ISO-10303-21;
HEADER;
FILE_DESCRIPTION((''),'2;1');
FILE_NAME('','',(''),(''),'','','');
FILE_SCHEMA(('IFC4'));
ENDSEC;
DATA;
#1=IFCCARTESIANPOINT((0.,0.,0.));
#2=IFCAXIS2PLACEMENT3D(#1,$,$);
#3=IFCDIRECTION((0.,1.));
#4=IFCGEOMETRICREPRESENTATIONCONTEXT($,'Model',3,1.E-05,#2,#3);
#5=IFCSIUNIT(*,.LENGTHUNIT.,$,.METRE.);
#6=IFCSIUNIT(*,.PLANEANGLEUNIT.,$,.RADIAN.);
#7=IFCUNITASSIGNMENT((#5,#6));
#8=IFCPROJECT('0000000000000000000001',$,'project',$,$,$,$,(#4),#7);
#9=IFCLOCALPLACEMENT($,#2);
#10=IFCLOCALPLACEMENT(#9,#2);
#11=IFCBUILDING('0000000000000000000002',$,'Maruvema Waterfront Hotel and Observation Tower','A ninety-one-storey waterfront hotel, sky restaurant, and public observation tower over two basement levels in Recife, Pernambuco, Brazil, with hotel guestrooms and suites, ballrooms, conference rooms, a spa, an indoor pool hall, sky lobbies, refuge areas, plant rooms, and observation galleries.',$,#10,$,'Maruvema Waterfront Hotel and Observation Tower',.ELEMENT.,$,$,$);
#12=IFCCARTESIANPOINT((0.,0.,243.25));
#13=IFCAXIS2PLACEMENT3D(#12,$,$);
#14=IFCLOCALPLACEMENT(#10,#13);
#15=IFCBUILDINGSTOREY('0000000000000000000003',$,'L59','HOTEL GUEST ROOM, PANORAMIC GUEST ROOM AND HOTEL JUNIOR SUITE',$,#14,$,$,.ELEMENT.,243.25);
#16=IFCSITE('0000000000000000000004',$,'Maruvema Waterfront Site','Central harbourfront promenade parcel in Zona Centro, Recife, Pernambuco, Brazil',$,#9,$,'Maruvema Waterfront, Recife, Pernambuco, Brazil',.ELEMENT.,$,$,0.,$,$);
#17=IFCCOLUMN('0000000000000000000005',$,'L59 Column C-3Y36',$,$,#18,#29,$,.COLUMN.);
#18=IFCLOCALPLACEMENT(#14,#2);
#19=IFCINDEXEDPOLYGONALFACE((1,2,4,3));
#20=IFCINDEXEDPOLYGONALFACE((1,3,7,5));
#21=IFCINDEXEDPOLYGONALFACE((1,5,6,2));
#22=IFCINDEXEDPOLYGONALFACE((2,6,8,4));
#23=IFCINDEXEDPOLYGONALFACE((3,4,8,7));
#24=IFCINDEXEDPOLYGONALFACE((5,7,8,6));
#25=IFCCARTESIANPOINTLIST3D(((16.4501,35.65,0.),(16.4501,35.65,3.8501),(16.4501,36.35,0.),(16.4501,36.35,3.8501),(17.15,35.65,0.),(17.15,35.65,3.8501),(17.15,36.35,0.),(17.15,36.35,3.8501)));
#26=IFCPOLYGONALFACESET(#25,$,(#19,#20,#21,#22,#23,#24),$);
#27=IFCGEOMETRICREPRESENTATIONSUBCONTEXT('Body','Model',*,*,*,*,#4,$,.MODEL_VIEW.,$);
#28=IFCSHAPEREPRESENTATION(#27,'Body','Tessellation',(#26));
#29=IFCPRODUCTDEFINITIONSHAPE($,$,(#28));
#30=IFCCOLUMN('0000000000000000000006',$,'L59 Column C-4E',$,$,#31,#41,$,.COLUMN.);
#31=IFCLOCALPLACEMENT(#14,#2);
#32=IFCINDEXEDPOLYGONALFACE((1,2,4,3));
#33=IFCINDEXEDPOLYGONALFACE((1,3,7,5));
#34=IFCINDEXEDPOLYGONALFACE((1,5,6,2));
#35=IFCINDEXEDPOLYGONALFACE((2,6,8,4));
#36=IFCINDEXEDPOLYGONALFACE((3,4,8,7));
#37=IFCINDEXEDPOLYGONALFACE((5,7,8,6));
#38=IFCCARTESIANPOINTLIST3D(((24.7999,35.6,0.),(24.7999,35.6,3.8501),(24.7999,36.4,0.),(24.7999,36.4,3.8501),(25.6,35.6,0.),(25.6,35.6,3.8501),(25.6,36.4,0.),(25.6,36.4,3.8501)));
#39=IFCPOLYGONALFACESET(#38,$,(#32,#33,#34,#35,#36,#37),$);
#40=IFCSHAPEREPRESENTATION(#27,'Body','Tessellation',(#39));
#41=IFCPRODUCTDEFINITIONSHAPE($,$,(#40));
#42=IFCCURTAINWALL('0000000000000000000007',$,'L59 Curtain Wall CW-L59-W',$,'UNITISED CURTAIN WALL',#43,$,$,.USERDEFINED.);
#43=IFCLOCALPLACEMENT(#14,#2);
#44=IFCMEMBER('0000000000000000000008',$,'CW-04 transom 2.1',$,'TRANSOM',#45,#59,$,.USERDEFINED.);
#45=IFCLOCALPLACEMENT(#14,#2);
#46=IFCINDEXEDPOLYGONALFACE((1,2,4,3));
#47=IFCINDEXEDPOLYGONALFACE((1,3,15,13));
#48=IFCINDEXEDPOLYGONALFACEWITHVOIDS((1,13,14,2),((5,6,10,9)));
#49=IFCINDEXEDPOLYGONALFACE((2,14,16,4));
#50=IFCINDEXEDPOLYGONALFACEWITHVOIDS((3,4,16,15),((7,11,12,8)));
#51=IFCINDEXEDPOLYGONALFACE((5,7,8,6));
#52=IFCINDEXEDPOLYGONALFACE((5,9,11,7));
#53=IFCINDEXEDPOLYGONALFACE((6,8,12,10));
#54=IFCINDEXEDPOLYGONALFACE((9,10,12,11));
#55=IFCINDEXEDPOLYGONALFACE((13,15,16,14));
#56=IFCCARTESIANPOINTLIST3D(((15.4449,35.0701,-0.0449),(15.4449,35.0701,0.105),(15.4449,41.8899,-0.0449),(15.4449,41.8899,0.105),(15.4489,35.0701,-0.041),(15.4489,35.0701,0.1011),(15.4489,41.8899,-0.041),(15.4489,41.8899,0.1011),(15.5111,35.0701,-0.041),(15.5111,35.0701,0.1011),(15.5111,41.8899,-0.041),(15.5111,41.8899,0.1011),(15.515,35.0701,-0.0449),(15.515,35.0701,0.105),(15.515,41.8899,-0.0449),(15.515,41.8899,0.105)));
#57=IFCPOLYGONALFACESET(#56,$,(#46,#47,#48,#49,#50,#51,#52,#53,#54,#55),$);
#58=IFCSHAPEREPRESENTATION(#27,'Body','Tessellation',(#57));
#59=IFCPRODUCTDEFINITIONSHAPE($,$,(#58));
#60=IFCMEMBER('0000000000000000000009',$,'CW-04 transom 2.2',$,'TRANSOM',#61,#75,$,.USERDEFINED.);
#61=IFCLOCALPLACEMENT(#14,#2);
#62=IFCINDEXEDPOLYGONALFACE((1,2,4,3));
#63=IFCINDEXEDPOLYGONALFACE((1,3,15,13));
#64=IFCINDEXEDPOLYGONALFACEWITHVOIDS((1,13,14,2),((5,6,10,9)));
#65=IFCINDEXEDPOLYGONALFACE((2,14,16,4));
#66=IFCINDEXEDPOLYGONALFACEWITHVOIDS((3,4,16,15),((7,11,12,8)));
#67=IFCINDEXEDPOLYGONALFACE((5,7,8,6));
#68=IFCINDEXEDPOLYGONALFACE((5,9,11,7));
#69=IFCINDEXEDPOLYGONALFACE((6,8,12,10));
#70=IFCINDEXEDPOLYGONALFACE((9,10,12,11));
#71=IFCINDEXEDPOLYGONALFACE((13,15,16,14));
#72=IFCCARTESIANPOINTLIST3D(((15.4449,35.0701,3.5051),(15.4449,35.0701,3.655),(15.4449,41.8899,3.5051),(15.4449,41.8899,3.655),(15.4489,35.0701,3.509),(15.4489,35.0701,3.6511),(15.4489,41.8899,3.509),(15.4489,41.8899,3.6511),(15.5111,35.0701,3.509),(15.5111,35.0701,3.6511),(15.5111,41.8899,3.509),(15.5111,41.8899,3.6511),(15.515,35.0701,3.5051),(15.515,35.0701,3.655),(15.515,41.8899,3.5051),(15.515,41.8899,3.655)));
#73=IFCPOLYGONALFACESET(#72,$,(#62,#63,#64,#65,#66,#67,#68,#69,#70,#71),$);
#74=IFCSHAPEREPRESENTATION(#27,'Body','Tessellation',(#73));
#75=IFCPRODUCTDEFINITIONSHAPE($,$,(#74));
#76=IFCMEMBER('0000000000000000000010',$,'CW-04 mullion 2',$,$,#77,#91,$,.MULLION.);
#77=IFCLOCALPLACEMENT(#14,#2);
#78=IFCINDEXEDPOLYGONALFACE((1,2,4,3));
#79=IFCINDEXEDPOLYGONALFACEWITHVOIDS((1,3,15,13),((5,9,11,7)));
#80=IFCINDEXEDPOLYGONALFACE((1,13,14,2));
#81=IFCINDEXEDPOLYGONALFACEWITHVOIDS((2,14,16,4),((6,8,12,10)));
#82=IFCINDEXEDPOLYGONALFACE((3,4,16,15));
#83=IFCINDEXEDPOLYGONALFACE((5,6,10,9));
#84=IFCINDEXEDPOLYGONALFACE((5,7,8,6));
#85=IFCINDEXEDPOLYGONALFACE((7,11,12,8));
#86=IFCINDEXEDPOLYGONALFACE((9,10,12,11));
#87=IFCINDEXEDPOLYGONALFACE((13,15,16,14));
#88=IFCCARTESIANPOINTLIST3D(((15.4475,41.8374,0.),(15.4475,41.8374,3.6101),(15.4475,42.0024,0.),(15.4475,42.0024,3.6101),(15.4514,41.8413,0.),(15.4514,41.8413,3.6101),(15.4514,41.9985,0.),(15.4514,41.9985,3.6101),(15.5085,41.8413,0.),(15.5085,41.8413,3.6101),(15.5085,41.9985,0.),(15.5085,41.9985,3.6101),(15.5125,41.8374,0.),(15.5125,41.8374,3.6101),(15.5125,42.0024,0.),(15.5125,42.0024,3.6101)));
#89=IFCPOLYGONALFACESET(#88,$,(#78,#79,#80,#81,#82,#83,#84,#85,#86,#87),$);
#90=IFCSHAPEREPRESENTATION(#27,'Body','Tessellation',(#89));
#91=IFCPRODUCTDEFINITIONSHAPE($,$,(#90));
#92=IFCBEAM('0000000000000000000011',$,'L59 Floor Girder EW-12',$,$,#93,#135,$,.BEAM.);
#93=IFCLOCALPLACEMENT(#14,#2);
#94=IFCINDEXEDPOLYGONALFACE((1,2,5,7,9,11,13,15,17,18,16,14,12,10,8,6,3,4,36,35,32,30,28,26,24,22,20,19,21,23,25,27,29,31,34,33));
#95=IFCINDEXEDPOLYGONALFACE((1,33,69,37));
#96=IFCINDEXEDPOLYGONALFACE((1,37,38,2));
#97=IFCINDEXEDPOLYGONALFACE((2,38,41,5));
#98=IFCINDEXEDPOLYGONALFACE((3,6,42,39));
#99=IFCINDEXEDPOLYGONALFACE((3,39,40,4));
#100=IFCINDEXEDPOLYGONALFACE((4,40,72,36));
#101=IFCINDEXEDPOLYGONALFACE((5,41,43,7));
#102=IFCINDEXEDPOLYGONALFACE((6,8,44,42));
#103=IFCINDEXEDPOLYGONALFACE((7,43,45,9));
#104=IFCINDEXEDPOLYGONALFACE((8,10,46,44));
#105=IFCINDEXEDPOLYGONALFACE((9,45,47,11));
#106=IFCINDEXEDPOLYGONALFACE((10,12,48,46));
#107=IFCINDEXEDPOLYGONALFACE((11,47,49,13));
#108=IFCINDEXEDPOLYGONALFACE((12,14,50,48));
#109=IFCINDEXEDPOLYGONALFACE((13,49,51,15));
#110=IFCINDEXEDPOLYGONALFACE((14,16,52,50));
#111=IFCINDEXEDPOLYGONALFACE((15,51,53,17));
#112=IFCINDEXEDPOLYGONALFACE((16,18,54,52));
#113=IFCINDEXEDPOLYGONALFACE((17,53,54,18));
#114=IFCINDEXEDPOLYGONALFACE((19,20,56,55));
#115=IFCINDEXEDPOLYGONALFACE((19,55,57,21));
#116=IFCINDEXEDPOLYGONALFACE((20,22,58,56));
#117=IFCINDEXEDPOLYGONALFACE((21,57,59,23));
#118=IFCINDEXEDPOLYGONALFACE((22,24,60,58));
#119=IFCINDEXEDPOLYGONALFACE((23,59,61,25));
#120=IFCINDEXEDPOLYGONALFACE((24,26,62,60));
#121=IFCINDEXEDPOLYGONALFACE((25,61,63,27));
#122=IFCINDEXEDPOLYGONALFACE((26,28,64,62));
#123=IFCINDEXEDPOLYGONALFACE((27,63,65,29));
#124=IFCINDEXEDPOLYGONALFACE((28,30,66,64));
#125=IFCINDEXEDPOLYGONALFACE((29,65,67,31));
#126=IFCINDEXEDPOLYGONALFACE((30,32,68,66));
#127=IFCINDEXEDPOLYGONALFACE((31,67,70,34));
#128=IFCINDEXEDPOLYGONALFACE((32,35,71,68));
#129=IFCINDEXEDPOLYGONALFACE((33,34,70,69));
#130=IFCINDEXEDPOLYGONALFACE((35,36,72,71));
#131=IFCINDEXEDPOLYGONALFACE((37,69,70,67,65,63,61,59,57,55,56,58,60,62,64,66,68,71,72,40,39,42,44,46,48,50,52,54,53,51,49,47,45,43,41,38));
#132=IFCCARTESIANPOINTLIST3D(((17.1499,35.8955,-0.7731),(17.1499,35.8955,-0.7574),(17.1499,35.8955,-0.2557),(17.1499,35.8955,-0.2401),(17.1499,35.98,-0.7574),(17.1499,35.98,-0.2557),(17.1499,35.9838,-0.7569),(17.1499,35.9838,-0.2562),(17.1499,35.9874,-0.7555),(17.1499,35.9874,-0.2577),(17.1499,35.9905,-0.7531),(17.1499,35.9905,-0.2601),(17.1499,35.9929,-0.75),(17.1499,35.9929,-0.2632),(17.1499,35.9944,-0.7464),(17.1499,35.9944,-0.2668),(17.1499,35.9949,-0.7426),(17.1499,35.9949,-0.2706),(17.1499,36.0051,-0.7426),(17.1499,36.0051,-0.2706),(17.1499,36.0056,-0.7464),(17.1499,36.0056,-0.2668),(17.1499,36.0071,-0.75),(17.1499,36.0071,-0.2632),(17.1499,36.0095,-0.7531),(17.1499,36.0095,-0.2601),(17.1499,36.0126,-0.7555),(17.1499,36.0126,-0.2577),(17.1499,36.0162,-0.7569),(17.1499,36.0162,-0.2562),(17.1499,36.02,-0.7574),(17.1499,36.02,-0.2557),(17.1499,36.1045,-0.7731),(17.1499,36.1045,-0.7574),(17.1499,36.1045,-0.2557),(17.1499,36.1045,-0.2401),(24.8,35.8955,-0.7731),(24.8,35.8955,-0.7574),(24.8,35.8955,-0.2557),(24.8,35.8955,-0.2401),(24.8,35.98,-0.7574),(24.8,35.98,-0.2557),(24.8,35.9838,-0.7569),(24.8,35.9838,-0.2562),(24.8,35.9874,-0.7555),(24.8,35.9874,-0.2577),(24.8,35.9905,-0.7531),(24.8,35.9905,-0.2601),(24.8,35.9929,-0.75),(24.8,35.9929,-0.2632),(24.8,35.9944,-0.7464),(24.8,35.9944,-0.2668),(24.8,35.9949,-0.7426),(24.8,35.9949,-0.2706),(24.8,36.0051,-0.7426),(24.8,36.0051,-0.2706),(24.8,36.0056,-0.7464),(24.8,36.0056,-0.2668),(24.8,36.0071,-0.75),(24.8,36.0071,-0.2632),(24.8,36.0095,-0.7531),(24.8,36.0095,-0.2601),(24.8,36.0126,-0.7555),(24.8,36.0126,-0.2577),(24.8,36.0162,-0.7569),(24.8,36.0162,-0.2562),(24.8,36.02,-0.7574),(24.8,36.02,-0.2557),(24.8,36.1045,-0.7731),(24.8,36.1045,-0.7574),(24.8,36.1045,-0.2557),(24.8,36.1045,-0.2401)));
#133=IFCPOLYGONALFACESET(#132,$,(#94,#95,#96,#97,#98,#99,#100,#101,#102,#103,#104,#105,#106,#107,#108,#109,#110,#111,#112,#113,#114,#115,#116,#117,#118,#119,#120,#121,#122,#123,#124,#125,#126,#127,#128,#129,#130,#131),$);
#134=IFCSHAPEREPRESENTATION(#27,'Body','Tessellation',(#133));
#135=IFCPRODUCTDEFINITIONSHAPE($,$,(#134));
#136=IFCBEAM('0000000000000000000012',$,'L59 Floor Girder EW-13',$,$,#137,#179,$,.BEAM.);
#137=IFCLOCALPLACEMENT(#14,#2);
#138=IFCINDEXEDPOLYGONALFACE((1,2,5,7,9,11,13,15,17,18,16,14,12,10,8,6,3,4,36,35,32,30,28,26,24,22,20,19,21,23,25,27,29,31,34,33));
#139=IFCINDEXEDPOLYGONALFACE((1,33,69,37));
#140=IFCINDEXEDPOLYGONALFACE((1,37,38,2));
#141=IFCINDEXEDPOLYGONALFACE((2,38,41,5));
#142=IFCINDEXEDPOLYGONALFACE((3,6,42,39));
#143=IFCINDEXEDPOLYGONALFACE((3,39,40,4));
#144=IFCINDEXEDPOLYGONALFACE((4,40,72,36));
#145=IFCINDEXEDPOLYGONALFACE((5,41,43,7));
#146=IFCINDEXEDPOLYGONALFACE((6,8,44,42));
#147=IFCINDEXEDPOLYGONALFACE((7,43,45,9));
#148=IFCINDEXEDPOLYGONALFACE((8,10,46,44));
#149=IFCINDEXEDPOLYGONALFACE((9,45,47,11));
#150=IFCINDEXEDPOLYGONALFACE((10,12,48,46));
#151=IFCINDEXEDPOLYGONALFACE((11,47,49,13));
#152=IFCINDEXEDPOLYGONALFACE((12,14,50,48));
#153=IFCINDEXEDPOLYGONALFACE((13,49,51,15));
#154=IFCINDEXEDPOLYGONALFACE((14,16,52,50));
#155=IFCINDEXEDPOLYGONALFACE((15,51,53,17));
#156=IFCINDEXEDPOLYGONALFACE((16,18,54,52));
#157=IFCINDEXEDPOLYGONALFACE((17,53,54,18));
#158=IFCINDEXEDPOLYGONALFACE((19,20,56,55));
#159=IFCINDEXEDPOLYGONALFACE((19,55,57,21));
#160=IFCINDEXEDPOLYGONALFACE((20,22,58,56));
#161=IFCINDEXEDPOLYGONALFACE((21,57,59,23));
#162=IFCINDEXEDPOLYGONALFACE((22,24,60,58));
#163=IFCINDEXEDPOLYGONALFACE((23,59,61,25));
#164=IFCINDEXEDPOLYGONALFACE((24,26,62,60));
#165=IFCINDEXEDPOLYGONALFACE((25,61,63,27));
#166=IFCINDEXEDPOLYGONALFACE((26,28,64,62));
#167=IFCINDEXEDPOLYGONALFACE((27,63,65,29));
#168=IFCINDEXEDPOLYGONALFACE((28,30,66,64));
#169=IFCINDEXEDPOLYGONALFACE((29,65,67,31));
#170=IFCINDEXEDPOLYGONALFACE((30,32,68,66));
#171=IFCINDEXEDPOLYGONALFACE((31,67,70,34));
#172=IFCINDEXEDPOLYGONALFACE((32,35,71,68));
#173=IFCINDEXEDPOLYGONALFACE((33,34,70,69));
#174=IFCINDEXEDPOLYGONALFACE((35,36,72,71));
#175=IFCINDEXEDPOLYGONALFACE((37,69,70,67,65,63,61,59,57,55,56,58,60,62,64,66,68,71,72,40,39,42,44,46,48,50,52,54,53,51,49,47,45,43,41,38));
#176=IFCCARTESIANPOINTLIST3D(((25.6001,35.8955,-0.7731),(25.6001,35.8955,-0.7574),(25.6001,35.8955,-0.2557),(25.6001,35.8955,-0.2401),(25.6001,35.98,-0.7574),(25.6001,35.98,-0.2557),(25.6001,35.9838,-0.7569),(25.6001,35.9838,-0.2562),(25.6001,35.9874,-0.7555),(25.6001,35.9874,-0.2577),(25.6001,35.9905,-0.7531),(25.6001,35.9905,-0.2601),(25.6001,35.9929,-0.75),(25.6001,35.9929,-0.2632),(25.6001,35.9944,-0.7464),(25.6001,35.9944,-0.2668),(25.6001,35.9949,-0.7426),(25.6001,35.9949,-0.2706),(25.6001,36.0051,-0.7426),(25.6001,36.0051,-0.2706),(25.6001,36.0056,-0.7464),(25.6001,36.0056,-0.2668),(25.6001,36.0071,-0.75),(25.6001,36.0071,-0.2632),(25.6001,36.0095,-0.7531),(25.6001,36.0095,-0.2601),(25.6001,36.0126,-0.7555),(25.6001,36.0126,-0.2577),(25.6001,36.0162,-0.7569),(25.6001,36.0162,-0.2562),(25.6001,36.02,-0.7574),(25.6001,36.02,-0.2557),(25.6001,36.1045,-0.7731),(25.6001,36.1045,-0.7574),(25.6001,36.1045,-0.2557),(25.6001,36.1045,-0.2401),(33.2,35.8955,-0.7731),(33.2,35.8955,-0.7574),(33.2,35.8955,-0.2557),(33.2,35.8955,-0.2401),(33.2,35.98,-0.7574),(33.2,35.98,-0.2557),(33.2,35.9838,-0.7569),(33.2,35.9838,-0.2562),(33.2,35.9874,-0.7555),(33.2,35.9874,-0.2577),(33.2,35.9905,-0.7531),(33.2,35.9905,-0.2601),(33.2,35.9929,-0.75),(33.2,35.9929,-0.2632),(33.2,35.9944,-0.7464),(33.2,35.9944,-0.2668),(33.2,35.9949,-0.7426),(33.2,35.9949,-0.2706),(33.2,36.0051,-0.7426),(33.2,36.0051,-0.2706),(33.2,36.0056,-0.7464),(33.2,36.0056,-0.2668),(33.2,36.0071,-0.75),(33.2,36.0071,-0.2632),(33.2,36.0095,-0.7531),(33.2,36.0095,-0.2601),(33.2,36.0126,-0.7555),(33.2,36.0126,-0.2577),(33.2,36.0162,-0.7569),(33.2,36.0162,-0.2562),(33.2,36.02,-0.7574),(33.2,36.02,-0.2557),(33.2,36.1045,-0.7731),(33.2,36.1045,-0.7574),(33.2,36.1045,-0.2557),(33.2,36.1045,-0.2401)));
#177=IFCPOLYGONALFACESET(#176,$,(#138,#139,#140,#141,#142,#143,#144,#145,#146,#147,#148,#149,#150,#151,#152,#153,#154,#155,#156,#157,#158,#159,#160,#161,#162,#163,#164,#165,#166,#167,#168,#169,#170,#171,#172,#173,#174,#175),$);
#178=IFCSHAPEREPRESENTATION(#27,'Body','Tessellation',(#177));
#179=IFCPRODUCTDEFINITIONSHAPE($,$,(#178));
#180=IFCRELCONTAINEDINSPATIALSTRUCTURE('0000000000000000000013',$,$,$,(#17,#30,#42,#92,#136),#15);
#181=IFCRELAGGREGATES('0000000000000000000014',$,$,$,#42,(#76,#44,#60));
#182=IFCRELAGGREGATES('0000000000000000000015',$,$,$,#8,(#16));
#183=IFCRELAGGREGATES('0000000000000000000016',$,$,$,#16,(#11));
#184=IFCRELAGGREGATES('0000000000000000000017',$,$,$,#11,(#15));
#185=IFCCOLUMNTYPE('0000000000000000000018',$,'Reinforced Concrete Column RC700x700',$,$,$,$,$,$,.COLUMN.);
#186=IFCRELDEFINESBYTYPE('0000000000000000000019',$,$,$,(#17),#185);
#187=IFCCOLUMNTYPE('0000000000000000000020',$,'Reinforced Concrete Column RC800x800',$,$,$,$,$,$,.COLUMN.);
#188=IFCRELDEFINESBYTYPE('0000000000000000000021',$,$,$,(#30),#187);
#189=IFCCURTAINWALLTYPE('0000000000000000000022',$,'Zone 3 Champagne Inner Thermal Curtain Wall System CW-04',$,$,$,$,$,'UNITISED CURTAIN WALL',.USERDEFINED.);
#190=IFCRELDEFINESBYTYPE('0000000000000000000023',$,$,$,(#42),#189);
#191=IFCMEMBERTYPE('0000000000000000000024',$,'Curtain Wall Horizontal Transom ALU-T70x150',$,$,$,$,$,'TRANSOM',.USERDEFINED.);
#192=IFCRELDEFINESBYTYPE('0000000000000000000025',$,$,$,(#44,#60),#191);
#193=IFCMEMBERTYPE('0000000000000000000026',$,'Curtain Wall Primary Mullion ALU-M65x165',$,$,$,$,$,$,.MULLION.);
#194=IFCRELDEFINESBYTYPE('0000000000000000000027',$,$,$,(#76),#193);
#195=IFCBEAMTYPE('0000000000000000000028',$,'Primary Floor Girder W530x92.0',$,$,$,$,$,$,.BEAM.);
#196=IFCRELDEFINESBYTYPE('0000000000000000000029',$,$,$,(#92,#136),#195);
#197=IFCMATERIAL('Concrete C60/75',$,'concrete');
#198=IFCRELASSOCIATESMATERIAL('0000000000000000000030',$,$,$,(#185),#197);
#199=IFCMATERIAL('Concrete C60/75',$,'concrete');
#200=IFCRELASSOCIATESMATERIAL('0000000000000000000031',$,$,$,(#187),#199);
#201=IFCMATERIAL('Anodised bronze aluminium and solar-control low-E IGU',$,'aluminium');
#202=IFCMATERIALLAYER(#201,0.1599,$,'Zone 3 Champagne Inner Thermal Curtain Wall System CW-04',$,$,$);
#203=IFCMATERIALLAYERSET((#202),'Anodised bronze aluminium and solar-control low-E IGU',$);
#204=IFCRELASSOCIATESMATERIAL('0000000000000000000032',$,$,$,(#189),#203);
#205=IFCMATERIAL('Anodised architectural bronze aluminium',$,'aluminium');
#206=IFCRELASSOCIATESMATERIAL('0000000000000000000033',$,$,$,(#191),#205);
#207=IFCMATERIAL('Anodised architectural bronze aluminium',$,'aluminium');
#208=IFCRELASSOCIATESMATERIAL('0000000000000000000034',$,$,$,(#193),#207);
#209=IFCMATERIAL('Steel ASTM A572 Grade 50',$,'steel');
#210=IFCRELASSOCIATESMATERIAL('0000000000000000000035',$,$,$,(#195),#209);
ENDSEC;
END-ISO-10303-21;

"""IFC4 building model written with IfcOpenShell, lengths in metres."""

from ifc_helpers import new_model, si_unit, direction, frame, origin, origin_2d, place, context, subcontext, project, spatial, rectangle, hollow_rectangle, i_section, extrude, material, layer, layer_set, material_profile, profile_set, type_object, element, aggregate, save


model = new_model("IFC4")

# Units and contexts
model_context = context("Model", 3, precision=1e-05, world=origin(), true_north=direction((0.0, 1.0)))
body_context = subcontext(model_context, "Body", "Model", "MODEL_VIEW")
ifc_project = project(units=[si_unit("LENGTHUNIT", "METRE"), si_unit("PLANEANGLEUNIT", "RADIAN")], contexts=[model_context])

# Site, building, storey
site_placement = place(None, origin())
site = spatial("IfcSite", under=ifc_project, at=site_placement, Name="Maruvema Waterfront Site", Description="Central harbourfront promenade parcel in Zona Centro, Recife, Pernambuco, Brazil", LongName="Maruvema Waterfront, Recife, Pernambuco, Brazil", CompositionType="ELEMENT", RefElevation=0.0)
building_placement = place(site_placement, origin())
building = spatial("IfcBuilding", under=site, at=building_placement, Name="Maruvema Waterfront Hotel and Observation Tower", Description="A ninety-one-storey waterfront hotel, sky restaurant, and public observation tower over two basement levels in Recife, Pernambuco, Brazil, with hotel guestrooms and suites, ballrooms, conference rooms, a spa, an indoor pool hall, sky lobbies, refuge areas, plant rooms, and observation galleries.", LongName="Maruvema Waterfront Hotel and Observation Tower", CompositionType="ELEMENT")
storey_placement = place(building_placement, frame((0.0, 0.0, 243.25)))
storey = spatial("IfcBuildingStorey", under=building, at=storey_placement, Name="L59", Description="HOTEL GUEST ROOM, PANORAMIC GUEST ROOM AND HOTEL JUNIOR SUITE", CompositionType="ELEMENT", Elevation=243.25)

# Columns
ifc_material_1 = material(Name="Concrete C60/75", Category="concrete")
ifc_material_profile_1 = material_profile(ifc_material_1, rectangle(XDim=0.7, YDim=0.7, at=origin_2d()), Name="RC700x700")
ifc_profile_set_1 = profile_set([ifc_material_profile_1], Name="Concrete C60/75")
column_type_1 = type_object("IfcColumnType", Name="Reinforced Concrete Column RC700x700", PredefinedType="COLUMN", material=ifc_profile_set_1)
column_1_placement = place(storey_placement, frame((16.8, 36.0, 0.0), z_axis=(0.0, 0.0, 1.0), x_axis=(1.0, 0.0, 0.0)))
element("IfcColumn", 1, at=column_1_placement, inside=storey, type_object=column_type_1, Name="L59 Column C-3Y36", PredefinedType="COLUMN", context=body_context, shape_type="SweptSolid", body=[
    extrude(rectangle(XDim=0.7, YDim=0.7, at=origin_2d()), origin(), (0.0, 0.0, 1.0), 3.8501),
])
ifc_material_2 = material(Name="Concrete C60/75", Category="concrete")
ifc_material_profile_2 = material_profile(ifc_material_2, rectangle(XDim=0.8, YDim=0.8, at=origin_2d()), Name="RC800x800")
ifc_profile_set_2 = profile_set([ifc_material_profile_2], Name="Concrete C60/75")
column_type_2 = type_object("IfcColumnType", Name="Reinforced Concrete Column RC800x800", PredefinedType="COLUMN", material=ifc_profile_set_2)
column_2_placement = place(storey_placement, frame((25.2, 36.0, 0.0), z_axis=(0.0, 0.0, 1.0), x_axis=(1.0, 0.0, 0.0)))
element("IfcColumn", 2, at=column_2_placement, inside=storey, type_object=column_type_2, Name="L59 Column C-4E", PredefinedType="COLUMN", context=body_context, shape_type="SweptSolid", body=[
    extrude(rectangle(XDim=0.8, YDim=0.8, at=origin_2d()), origin(), (0.0, 0.0, 1.0), 3.8501),
])

# Curtain wall, members
ifc_material_3 = material(Name="Anodised bronze aluminium and solar-control low-E IGU", Category="aluminium")
ifc_layer_1 = layer(ifc_material_3, 0.1599, Name="Zone 3 Champagne Inner Thermal Curtain Wall System CW-04")
ifc_layer_set_1 = layer_set([ifc_layer_1], Name="Anodised bronze aluminium and solar-control low-E IGU")
curtain_wall_type = type_object("IfcCurtainWallType", Name="Zone 3 Champagne Inner Thermal Curtain Wall System CW-04", ElementType="UNITISED CURTAIN WALL", PredefinedType="USERDEFINED", material=ifc_layer_set_1)
curtain_wall_placement = place(storey_placement, origin())
curtain_wall = element("IfcCurtainWall", 3, at=curtain_wall_placement, inside=storey, type_object=curtain_wall_type, Name="L59 Curtain Wall CW-L59-W", ObjectType="UNITISED CURTAIN WALL", PredefinedType="USERDEFINED")
ifc_material_4 = material(Name="Anodised architectural bronze aluminium", Category="aluminium")
ifc_material_profile_3 = material_profile(ifc_material_4, hollow_rectangle(XDim=0.0701, YDim=0.1499, WallThickness=0.0039, at=origin_2d()), Name="ALU-T70x150")
ifc_profile_set_3 = profile_set([ifc_material_profile_3], Name="Anodised architectural bronze aluminium")
member_type_1 = type_object("IfcMemberType", Name="Curtain Wall Horizontal Transom ALU-T70x150", ElementType="TRANSOM", PredefinedType="USERDEFINED", material=ifc_profile_set_3)
member_1_placement = place(storey_placement, frame((15.48, 41.8899, 0.03), z_axis=(0.0, -1.0, 0.0), x_axis=(1.0, 0.0, 0.0)))
member_1 = element("IfcMember", 4, at=member_1_placement, type_object=member_type_1, Name="CW-04 transom 2.1", ObjectType="TRANSOM", PredefinedType="USERDEFINED", context=body_context, shape_type="SweptSolid", body=[
    extrude(hollow_rectangle(XDim=0.0701, YDim=0.1499, WallThickness=0.0039, at=origin_2d()), origin(), (0.0, 0.0, 1.0), 6.8198),
])
member_2_placement = place(storey_placement, frame((15.48, 41.8899, 3.5801), z_axis=(0.0, -1.0, 0.0), x_axis=(1.0, 0.0, 0.0)))
member_2 = element("IfcMember", 5, at=member_2_placement, type_object=member_type_1, Name="CW-04 transom 2.2", ObjectType="TRANSOM", PredefinedType="USERDEFINED", context=body_context, shape_type="SweptSolid", body=[
    extrude(hollow_rectangle(XDim=0.0701, YDim=0.1499, WallThickness=0.0039, at=origin_2d()), origin(), (0.0, 0.0, 1.0), 6.8198),
])
ifc_material_5 = material(Name="Anodised architectural bronze aluminium", Category="aluminium")
ifc_material_profile_4 = material_profile(ifc_material_5, hollow_rectangle(XDim=0.0649, YDim=0.165, WallThickness=0.0039, at=origin_2d()), Name="ALU-M65x165")
ifc_profile_set_4 = profile_set([ifc_material_profile_4], Name="Anodised architectural bronze aluminium")
member_type_2 = type_object("IfcMemberType", Name="Curtain Wall Primary Mullion ALU-M65x165", PredefinedType="MULLION", material=ifc_profile_set_4)
member_3_placement = place(storey_placement, frame((15.48, 41.9199, 0.0), z_axis=(0.0, 0.0, 1.0), x_axis=(1.0, 0.0, 0.0)))
member_3 = element("IfcMember", 6, at=member_3_placement, type_object=member_type_2, Name="CW-04 mullion 2", PredefinedType="MULLION", context=body_context, shape_type="SweptSolid", body=[
    extrude(hollow_rectangle(XDim=0.0649, YDim=0.165, WallThickness=0.0039, at=origin_2d()), origin(), (0.0, 0.0, 1.0), 3.6101),
])

# Beams
ifc_material_6 = material(Name="Steel ASTM A572 Grade 50", Category="steel")
ifc_material_profile_5 = material_profile(ifc_material_6, i_section(OverallWidth=0.209, OverallDepth=0.533, WebThickness=0.0103, FlangeThickness=0.0156, FilletRadius=0.0149, at=origin_2d()), Name="W530x92.0")
ifc_profile_set_5 = profile_set([ifc_material_profile_5], Name="Steel ASTM A572 Grade 50")
beam_type_1 = type_object("IfcBeamType", Name="Primary Floor Girder W530x92.0", PredefinedType="BEAM", material=ifc_profile_set_5)
beam_1_placement = place(storey_placement, frame((17.1499, 36.0, -0.5066), z_axis=(1.0, 0.0, 0.0), x_axis=(0.0, 1.0, 0.0)))
element("IfcBeam", 7, at=beam_1_placement, inside=storey, type_object=beam_type_1, Name="L59 Floor Girder EW-12", PredefinedType="BEAM", context=body_context, shape_type="SweptSolid", body=[
    extrude(i_section(OverallWidth=0.209, OverallDepth=0.533, WebThickness=0.0103, FlangeThickness=0.0156, FilletRadius=0.0149, at=origin_2d()), origin(), (0.0, 0.0, 1.0), 7.6501),
])
beam_2_placement = place(storey_placement, frame((25.6001, 36.0, -0.5066), z_axis=(1.0, 0.0, 0.0), x_axis=(0.0, 1.0, 0.0)))
element("IfcBeam", 8, at=beam_2_placement, inside=storey, type_object=beam_type_1, Name="L59 Floor Girder EW-13", PredefinedType="BEAM", context=body_context, shape_type="SweptSolid", body=[
    extrude(i_section(OverallWidth=0.209, OverallDepth=0.533, WebThickness=0.0103, FlangeThickness=0.0156, FilletRadius=0.0149, at=origin_2d()), origin(), (0.0, 0.0, 1.0), 7.5999),
])

aggregate(curtain_wall, [member_3, member_1, member_2])

save(model, "model.ifc")
